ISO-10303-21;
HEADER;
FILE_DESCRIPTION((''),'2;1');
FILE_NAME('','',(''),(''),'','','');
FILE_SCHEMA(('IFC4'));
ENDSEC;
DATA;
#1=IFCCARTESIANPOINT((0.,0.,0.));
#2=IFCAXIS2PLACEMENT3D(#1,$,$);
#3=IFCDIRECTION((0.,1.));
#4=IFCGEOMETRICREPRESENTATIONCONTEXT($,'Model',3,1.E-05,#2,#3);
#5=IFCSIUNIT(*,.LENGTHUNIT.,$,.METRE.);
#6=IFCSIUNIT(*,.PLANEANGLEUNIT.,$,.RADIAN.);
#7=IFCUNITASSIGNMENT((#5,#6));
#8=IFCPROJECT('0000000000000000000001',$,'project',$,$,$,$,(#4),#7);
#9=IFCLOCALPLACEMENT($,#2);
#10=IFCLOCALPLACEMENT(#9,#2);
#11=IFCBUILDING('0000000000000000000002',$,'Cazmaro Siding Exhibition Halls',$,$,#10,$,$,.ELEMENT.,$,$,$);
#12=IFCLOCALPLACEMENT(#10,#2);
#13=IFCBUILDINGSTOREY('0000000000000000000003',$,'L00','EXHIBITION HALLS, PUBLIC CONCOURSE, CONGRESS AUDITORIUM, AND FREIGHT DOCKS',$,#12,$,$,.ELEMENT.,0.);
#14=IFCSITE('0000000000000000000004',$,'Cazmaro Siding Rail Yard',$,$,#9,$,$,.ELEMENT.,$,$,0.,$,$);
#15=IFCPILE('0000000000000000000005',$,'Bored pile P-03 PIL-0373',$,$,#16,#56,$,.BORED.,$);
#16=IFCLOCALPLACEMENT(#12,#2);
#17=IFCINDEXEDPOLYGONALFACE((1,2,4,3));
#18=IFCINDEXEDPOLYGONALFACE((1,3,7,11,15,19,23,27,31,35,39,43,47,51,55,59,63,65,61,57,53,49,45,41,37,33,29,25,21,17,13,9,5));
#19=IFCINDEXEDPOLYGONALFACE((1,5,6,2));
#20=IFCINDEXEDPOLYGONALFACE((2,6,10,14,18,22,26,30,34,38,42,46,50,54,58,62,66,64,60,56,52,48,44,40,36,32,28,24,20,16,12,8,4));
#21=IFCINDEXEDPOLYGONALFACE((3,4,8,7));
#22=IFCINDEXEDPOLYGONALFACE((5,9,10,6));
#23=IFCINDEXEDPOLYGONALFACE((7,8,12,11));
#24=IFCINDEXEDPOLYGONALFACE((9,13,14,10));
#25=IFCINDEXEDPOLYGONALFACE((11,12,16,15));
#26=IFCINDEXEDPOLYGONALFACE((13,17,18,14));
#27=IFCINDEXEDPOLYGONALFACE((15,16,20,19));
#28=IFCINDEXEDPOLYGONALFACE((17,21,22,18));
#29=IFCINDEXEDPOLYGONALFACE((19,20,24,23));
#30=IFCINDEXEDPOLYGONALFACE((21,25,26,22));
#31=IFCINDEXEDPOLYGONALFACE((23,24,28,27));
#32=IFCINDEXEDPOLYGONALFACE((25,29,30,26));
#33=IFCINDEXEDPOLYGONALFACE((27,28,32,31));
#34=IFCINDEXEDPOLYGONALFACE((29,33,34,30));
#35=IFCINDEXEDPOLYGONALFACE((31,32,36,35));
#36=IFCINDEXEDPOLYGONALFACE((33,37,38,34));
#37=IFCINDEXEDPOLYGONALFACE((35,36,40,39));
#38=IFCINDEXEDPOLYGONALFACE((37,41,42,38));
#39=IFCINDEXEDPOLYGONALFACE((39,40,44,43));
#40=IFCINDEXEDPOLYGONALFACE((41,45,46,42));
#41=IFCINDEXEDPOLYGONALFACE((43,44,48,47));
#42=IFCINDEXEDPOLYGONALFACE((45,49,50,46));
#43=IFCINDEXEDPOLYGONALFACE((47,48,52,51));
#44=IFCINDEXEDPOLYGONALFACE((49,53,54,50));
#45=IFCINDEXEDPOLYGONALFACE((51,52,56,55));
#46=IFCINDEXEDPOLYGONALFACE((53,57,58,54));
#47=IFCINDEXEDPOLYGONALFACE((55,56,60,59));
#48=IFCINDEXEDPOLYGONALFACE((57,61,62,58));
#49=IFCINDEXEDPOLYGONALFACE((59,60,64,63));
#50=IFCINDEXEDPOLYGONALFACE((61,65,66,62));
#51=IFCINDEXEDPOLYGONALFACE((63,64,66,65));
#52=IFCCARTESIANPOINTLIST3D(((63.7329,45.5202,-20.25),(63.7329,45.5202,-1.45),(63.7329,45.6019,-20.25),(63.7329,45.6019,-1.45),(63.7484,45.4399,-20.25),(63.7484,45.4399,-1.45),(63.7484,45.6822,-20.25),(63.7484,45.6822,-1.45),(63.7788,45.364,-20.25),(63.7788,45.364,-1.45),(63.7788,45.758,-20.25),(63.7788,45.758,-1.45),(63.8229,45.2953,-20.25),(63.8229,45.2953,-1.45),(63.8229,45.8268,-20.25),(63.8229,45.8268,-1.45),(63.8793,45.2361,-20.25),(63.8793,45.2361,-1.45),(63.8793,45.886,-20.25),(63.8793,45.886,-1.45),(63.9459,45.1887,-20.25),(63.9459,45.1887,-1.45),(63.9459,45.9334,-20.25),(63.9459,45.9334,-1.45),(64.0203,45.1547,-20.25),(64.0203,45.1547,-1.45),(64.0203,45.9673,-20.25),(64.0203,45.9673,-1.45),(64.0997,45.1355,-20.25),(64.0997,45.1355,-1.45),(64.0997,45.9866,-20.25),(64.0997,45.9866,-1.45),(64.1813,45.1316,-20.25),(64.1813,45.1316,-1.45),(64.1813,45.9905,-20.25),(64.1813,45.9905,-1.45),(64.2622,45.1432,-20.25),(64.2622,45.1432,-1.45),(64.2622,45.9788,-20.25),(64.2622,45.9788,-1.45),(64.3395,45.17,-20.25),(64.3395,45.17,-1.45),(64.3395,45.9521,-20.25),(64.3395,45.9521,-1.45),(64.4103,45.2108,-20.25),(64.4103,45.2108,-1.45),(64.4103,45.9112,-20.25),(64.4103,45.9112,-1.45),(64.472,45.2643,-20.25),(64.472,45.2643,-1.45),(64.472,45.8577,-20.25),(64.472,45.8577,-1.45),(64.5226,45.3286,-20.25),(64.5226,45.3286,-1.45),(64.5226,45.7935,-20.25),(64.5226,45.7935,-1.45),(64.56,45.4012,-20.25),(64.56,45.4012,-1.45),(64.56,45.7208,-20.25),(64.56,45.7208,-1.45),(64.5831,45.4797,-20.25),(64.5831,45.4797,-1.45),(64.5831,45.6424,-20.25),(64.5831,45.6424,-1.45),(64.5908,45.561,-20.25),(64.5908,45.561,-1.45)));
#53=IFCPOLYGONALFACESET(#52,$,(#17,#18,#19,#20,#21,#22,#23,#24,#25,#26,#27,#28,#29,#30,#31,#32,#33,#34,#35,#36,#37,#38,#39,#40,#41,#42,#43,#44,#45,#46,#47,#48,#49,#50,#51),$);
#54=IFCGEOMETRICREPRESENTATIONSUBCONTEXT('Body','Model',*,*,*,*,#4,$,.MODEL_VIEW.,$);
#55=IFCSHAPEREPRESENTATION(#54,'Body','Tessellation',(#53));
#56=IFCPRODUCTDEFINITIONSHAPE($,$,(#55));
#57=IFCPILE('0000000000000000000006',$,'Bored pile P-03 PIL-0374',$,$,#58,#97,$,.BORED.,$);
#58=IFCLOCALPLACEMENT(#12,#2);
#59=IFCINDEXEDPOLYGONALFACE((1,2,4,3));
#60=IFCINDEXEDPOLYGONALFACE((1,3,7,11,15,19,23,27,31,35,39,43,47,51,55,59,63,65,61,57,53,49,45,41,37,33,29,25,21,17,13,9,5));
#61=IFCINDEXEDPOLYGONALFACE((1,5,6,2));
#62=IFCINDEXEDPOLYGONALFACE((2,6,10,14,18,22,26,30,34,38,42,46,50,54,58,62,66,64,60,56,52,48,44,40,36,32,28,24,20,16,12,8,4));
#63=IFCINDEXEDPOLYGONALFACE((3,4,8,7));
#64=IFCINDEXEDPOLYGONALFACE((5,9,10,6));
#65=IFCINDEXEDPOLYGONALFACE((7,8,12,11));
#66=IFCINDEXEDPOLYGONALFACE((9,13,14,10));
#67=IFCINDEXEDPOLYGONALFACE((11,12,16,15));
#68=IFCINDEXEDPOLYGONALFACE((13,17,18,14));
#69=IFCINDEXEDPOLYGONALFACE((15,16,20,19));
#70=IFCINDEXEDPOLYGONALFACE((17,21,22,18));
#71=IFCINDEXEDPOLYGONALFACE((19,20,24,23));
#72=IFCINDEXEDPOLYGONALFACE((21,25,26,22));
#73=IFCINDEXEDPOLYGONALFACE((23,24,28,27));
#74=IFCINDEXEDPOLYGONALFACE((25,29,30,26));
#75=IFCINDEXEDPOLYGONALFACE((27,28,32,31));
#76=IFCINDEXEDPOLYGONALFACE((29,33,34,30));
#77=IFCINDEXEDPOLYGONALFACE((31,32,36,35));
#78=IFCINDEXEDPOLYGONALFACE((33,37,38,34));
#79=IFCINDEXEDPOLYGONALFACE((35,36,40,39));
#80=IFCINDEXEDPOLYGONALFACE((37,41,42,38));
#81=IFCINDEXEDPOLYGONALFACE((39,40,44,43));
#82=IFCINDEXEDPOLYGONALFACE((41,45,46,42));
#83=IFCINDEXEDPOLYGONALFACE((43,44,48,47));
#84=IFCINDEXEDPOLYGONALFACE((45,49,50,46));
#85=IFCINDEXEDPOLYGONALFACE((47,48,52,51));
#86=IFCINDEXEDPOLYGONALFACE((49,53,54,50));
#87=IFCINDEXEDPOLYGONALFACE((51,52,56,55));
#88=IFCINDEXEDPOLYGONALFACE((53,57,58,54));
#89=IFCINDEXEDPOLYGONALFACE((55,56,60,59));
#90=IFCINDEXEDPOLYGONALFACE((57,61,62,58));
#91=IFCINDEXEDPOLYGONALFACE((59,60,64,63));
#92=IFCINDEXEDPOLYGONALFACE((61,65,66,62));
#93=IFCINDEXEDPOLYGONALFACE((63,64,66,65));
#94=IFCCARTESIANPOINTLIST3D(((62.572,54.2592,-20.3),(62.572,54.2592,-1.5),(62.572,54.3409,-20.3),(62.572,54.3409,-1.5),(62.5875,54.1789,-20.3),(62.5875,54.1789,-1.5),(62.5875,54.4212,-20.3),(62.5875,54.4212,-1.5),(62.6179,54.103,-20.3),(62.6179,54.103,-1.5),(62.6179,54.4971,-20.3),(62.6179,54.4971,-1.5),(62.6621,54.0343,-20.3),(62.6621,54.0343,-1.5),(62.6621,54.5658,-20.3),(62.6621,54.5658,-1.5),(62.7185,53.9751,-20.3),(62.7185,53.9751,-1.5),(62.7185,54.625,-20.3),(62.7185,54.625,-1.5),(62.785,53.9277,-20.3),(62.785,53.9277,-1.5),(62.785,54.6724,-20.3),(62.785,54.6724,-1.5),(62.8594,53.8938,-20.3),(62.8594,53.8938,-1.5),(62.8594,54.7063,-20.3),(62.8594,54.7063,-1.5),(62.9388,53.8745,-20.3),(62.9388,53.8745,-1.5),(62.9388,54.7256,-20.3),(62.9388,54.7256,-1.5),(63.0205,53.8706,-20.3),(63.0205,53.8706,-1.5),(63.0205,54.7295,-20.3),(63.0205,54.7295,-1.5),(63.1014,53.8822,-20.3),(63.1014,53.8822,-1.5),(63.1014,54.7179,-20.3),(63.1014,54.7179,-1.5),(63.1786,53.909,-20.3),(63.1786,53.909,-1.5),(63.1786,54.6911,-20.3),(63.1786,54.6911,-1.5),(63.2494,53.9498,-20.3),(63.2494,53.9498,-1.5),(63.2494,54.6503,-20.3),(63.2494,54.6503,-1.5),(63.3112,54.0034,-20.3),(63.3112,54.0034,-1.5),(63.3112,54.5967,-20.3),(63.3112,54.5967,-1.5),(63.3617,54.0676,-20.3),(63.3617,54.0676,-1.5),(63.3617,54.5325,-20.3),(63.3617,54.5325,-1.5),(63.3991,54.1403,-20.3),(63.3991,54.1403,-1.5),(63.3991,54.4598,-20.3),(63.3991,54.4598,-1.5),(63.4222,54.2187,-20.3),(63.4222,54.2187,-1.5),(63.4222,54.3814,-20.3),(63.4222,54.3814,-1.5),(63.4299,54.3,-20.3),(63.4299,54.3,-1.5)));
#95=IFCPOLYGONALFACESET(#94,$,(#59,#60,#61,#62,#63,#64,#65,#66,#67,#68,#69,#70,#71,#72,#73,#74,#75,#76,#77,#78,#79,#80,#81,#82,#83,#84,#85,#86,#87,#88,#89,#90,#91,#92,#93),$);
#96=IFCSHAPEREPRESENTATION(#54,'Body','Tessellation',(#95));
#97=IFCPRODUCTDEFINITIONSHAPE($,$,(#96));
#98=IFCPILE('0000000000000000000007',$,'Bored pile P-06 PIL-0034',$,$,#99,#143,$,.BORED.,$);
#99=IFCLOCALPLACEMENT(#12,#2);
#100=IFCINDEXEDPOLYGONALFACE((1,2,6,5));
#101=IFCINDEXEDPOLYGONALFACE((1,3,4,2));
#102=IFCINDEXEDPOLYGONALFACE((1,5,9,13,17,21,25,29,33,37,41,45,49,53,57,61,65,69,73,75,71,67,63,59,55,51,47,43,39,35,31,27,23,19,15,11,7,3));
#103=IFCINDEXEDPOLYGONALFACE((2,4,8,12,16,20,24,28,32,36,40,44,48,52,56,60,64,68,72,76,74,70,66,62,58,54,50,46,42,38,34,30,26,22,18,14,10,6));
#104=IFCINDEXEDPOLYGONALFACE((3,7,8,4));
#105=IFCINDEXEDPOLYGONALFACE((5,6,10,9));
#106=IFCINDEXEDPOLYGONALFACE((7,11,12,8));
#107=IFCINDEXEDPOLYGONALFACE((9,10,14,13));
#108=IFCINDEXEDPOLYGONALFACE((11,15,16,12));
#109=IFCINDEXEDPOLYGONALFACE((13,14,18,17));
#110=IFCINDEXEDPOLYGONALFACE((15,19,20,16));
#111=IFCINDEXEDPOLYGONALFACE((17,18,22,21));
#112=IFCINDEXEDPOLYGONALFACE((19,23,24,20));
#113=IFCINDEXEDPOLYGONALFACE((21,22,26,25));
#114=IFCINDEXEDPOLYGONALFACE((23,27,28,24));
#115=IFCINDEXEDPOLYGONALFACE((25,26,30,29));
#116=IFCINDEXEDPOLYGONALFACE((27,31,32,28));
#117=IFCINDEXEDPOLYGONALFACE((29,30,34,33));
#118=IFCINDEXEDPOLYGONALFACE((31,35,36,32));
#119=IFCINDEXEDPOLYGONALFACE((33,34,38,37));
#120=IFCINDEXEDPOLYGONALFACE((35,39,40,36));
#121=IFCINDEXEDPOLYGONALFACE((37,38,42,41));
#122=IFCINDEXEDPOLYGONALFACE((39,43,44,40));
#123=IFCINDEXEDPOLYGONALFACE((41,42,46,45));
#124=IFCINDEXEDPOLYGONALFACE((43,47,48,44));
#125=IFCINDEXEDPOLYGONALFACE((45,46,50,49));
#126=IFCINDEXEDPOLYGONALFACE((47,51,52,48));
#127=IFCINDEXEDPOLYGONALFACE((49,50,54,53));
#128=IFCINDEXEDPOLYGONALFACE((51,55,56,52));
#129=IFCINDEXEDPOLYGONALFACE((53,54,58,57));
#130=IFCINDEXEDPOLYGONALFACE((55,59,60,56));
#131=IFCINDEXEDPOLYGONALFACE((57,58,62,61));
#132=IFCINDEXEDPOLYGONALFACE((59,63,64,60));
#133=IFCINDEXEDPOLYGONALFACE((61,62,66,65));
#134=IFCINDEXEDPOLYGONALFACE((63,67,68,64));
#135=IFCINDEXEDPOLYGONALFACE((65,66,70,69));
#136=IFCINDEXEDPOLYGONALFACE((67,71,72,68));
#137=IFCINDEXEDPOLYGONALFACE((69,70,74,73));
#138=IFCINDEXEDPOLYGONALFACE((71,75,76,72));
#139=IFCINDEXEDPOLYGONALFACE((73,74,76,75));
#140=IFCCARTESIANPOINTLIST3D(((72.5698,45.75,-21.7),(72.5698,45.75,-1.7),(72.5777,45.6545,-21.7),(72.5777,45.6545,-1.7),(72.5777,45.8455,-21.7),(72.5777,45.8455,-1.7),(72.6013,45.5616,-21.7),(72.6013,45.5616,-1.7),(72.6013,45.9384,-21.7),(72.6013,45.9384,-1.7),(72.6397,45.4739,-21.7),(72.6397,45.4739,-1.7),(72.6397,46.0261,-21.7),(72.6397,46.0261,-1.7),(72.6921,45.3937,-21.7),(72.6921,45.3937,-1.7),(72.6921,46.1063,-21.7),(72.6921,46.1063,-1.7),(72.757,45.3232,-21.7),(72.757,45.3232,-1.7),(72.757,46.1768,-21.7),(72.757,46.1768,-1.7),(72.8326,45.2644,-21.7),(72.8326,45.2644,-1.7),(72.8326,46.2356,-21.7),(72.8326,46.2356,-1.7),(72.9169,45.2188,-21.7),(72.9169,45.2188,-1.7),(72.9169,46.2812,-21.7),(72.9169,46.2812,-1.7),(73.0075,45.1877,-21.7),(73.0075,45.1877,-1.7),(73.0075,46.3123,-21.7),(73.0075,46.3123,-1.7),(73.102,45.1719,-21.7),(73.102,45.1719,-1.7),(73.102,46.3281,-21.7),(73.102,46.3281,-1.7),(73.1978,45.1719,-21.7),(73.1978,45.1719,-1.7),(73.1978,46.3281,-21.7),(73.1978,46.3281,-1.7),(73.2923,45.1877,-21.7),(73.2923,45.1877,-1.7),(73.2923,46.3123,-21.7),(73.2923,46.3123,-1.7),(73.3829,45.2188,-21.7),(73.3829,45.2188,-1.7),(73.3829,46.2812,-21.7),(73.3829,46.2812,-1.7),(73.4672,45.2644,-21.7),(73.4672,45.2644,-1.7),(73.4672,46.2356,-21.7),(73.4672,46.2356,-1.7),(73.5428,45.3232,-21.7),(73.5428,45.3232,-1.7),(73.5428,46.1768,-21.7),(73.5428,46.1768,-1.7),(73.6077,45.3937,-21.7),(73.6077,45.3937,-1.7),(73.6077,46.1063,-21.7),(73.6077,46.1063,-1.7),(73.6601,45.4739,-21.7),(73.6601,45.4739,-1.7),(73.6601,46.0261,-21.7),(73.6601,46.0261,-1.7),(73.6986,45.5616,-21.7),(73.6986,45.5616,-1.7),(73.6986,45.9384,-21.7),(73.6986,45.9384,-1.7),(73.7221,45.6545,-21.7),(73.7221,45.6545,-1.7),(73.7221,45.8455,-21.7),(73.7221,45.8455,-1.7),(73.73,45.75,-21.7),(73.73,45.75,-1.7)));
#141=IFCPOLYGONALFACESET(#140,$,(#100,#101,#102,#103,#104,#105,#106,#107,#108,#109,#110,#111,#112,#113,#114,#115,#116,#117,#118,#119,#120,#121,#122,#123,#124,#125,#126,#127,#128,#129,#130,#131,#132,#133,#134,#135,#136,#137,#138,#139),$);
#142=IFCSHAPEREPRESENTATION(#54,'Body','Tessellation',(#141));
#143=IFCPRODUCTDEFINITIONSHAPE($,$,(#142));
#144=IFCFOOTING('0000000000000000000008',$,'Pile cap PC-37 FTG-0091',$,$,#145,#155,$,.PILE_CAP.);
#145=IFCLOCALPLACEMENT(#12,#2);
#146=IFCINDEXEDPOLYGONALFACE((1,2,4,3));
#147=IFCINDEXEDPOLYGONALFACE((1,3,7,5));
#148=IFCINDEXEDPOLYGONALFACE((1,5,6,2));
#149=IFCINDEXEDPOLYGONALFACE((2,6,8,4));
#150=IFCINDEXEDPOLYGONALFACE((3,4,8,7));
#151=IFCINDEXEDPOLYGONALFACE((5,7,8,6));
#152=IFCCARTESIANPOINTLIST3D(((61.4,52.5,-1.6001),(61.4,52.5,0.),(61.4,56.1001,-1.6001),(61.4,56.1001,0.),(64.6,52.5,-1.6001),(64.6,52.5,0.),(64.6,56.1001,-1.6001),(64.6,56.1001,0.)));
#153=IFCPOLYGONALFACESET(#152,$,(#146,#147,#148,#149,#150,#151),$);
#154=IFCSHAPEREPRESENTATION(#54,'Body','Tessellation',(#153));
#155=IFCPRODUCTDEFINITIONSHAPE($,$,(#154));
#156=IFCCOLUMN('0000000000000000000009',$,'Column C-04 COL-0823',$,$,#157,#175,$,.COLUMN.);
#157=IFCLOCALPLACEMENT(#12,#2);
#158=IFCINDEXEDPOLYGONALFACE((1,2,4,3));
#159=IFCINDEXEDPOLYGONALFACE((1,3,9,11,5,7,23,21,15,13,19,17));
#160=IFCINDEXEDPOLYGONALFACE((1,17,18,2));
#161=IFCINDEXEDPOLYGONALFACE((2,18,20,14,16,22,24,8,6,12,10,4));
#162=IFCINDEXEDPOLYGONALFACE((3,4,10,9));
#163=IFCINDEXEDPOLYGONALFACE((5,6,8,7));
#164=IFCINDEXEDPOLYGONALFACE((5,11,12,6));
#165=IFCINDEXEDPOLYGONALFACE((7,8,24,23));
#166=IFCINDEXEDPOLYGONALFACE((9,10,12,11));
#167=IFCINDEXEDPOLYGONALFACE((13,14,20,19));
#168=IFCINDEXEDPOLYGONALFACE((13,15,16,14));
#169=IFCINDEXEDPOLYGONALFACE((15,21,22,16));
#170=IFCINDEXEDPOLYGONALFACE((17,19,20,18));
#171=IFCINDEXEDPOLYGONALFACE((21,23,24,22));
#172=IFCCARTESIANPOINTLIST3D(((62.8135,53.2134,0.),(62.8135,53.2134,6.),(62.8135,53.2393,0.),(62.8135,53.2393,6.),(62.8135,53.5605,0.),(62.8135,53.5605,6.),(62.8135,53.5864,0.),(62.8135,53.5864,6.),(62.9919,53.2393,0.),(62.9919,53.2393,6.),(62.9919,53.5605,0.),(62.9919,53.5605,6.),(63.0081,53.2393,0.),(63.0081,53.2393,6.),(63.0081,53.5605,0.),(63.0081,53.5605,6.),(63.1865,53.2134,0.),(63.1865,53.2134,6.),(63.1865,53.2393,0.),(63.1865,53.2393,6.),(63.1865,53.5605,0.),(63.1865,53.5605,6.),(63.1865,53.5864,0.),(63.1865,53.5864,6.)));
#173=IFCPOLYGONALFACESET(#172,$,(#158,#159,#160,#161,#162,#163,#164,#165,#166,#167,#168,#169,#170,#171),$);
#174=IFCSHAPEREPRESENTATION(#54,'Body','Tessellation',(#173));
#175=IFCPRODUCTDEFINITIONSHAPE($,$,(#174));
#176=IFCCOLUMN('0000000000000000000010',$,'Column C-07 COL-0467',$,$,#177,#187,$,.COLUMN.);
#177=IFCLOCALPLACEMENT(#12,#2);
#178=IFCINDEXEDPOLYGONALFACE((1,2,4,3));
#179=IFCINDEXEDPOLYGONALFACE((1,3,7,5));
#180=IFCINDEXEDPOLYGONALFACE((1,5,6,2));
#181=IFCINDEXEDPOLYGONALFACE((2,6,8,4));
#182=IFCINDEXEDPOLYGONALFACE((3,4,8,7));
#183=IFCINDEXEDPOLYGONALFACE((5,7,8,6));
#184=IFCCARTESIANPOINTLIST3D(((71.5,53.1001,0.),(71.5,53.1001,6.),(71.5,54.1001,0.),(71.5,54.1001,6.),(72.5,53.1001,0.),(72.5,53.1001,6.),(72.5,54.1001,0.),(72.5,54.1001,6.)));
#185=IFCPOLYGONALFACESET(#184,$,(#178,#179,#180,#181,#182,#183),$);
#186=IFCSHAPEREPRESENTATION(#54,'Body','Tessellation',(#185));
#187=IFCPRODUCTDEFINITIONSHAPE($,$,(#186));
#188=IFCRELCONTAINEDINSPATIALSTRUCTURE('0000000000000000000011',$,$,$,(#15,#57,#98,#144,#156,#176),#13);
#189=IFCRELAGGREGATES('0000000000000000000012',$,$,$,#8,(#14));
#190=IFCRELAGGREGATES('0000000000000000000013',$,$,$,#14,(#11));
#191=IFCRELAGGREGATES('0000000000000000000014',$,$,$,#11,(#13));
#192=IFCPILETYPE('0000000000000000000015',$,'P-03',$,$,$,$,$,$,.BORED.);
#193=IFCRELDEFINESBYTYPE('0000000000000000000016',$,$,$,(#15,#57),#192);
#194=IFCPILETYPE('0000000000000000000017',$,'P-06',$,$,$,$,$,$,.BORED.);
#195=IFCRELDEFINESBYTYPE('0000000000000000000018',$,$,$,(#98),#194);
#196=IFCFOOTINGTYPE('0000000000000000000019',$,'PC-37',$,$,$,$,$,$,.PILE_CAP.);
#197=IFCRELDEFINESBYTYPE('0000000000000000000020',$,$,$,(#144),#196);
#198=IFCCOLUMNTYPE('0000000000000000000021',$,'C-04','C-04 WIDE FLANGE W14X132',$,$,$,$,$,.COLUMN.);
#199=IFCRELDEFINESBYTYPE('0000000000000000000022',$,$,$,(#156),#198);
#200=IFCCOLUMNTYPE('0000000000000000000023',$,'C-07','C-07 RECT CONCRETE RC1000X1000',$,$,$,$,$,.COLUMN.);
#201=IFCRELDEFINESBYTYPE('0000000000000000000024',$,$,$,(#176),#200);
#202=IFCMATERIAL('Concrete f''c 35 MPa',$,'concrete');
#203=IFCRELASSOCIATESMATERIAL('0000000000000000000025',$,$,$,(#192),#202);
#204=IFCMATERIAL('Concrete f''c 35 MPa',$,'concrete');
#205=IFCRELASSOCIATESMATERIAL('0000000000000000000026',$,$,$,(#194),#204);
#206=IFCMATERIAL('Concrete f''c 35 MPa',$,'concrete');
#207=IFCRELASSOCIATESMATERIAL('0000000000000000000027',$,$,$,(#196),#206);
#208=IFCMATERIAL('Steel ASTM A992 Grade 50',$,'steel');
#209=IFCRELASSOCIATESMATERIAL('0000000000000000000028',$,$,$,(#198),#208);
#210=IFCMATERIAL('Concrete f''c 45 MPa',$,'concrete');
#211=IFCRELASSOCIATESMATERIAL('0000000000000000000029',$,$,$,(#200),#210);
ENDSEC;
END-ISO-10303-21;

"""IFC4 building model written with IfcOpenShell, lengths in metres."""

from ifc_helpers import new_model, si_unit, direction, frame, origin, origin_2d, place, context, subcontext, project, spatial, rectangle, circle, i_section, extrude, material, material_profile, profile_set, type_object, element, save


model = new_model("IFC4")

# Units and contexts
model_context = context("Model", 3, precision=1e-05, world=origin(), true_north=direction((0.0, 1.0)))
body_context = subcontext(model_context, "Body", "Model", "MODEL_VIEW")
ifc_project = project(units=[si_unit("LENGTHUNIT", "METRE"), si_unit("PLANEANGLEUNIT", "RADIAN")], contexts=[model_context])

# Site, building, storey
site_placement = place(None, origin())
site = spatial("IfcSite", under=ifc_project, at=site_placement, Name="Cazmaro Siding Rail Yard", CompositionType="ELEMENT", RefElevation=0.0)
building_placement = place(site_placement, origin())
building = spatial("IfcBuilding", under=site, at=building_placement, Name="Cazmaro Siding Exhibition Halls", CompositionType="ELEMENT")
storey_placement = place(building_placement, origin())
storey = spatial("IfcBuildingStorey", under=building, at=storey_placement, Name="L00", Description="EXHIBITION HALLS, PUBLIC CONCOURSE, CONGRESS AUDITORIUM, AND FREIGHT DOCKS", CompositionType="ELEMENT", Elevation=0.0)

# Piles
ifc_material_1 = material(Name="Concrete f'c 35 MPa", Category="concrete")
ifc_material_profile_1 = material_profile(ifc_material_1, circle(Radius=0.4299, at=origin_2d()), Name="CIDH-860")
ifc_profile_set_1 = profile_set([ifc_material_profile_1], Name="Concrete f'c 35 MPa")
pile_type_1 = type_object("IfcPileType", Name="P-03", PredefinedType="BORED", material=ifc_profile_set_1)
for number, where, z_axis, x_axis, name in (
    (1, (64.1609, 45.561, -1.45), (0.0, 0.0, -1.0), (1.0, 0.0, 0.0), "Bored pile P-03 PIL-0373"),
    (2, (63.0, 54.3, -1.5), (0.0, 0.0, -1.0), (1.0, 0.0, 0.0), "Bored pile P-03 PIL-0374"),
):
    element("IfcPile", number, at=place(storey_placement, frame(where, z_axis=z_axis, x_axis=x_axis)), inside=storey, type_object=pile_type_1, Name=name, PredefinedType="BORED", context=body_context, shape_type="SweptSolid", body=[
        extrude(circle(Radius=0.4299, at=origin_2d()), origin(), (0.0, 0.0, 1.0), 18.8),
    ])
ifc_material_2 = material(Name="Concrete f'c 35 MPa", Category="concrete")
ifc_material_profile_2 = material_profile(ifc_material_2, circle(Radius=0.5801, at=origin_2d()), Name="CIDH-1160")
ifc_profile_set_2 = profile_set([ifc_material_profile_2], Name="Concrete f'c 35 MPa")
pile_type_2 = type_object("IfcPileType", Name="P-06", PredefinedType="BORED", material=ifc_profile_set_2)
pile_placement = place(storey_placement, frame((73.1499, 45.75, -1.7), z_axis=(0.0, 0.0, -1.0), x_axis=(1.0, 0.0, 0.0)))
element("IfcPile", 3, at=pile_placement, inside=storey, type_object=pile_type_2, Name="Bored pile P-06 PIL-0034", PredefinedType="BORED", context=body_context, shape_type="SweptSolid", body=[
    extrude(circle(Radius=0.5801, at=origin_2d()), origin(), (0.0, 0.0, 1.0), 20.0),
])

# Footing
ifc_material_3 = material(Name="Concrete f'c 35 MPa", Category="concrete")
footing_type = type_object("IfcFootingType", Name="PC-37", PredefinedType="PILE_CAP", material=ifc_material_3)
footing_placement = place(storey_placement, frame((63.0, 54.3, -1.6001), z_axis=(0.0, 0.0, 1.0), x_axis=(1.0, 0.0, 0.0)))
element("IfcFooting", 4, at=footing_placement, inside=storey, type_object=footing_type, Name="Pile cap PC-37 FTG-0091", PredefinedType="PILE_CAP", context=body_context, shape_type="SweptSolid", body=[
    extrude(rectangle(XDim=3.2, YDim=3.6001, at=origin_2d()), origin(), (0.0, 0.0, 1.0), 1.6001),
])

# Columns
ifc_material_4 = material(Name="Steel ASTM A992 Grade 50", Category="steel")
ifc_material_profile_3 = material_profile(ifc_material_4, i_section(OverallWidth=0.373, OverallDepth=0.373, WebThickness=0.0161, FlangeThickness=0.0259, at=origin_2d()), Name="W14X132")
ifc_profile_set_3 = profile_set([ifc_material_profile_3], Name="Steel ASTM A992 Grade 50")
column_type_1 = type_object("IfcColumnType", Name="C-04", Description="C-04 WIDE FLANGE W14X132", PredefinedType="COLUMN", material=ifc_profile_set_3)
column_1_placement = place(storey_placement, frame((63.0, 53.3999, 0.0), z_axis=(0.0, 0.0, 1.0), x_axis=(1.0, 0.0, 0.0)))
element("IfcColumn", 5, at=column_1_placement, inside=storey, type_object=column_type_1, Name="Column C-04 COL-0823", PredefinedType="COLUMN", context=body_context, shape_type="SweptSolid", body=[
    extrude(i_section(OverallWidth=0.373, OverallDepth=0.373, WebThickness=0.0161, FlangeThickness=0.0259, at=origin_2d()), origin(), (0.0, 0.0, 1.0), 6.0),
])
ifc_material_5 = material(Name="Concrete f'c 45 MPa", Category="concrete")
ifc_material_profile_4 = material_profile(ifc_material_5, rectangle(XDim=1.0, YDim=1.0, at=origin_2d()), Name="RC1000X1000")
ifc_profile_set_4 = profile_set([ifc_material_profile_4], Name="Concrete f'c 45 MPa")
column_type_2 = type_object("IfcColumnType", Name="C-07", Description="C-07 RECT CONCRETE RC1000X1000", PredefinedType="COLUMN", material=ifc_profile_set_4)
column_2_placement = place(storey_placement, frame((72.0, 53.6001, 0.0), z_axis=(0.0, 0.0, 1.0), x_axis=(1.0, 0.0, 0.0)))
element("IfcColumn", 6, at=column_2_placement, inside=storey, type_object=column_type_2, Name="Column C-07 COL-0467", PredefinedType="COLUMN", context=body_context, shape_type="SweptSolid", body=[
    extrude(rectangle(XDim=1.0, YDim=1.0, at=origin_2d()), origin(), (0.0, 0.0, 1.0), 6.0),
])

save(model, "model.ifc")
